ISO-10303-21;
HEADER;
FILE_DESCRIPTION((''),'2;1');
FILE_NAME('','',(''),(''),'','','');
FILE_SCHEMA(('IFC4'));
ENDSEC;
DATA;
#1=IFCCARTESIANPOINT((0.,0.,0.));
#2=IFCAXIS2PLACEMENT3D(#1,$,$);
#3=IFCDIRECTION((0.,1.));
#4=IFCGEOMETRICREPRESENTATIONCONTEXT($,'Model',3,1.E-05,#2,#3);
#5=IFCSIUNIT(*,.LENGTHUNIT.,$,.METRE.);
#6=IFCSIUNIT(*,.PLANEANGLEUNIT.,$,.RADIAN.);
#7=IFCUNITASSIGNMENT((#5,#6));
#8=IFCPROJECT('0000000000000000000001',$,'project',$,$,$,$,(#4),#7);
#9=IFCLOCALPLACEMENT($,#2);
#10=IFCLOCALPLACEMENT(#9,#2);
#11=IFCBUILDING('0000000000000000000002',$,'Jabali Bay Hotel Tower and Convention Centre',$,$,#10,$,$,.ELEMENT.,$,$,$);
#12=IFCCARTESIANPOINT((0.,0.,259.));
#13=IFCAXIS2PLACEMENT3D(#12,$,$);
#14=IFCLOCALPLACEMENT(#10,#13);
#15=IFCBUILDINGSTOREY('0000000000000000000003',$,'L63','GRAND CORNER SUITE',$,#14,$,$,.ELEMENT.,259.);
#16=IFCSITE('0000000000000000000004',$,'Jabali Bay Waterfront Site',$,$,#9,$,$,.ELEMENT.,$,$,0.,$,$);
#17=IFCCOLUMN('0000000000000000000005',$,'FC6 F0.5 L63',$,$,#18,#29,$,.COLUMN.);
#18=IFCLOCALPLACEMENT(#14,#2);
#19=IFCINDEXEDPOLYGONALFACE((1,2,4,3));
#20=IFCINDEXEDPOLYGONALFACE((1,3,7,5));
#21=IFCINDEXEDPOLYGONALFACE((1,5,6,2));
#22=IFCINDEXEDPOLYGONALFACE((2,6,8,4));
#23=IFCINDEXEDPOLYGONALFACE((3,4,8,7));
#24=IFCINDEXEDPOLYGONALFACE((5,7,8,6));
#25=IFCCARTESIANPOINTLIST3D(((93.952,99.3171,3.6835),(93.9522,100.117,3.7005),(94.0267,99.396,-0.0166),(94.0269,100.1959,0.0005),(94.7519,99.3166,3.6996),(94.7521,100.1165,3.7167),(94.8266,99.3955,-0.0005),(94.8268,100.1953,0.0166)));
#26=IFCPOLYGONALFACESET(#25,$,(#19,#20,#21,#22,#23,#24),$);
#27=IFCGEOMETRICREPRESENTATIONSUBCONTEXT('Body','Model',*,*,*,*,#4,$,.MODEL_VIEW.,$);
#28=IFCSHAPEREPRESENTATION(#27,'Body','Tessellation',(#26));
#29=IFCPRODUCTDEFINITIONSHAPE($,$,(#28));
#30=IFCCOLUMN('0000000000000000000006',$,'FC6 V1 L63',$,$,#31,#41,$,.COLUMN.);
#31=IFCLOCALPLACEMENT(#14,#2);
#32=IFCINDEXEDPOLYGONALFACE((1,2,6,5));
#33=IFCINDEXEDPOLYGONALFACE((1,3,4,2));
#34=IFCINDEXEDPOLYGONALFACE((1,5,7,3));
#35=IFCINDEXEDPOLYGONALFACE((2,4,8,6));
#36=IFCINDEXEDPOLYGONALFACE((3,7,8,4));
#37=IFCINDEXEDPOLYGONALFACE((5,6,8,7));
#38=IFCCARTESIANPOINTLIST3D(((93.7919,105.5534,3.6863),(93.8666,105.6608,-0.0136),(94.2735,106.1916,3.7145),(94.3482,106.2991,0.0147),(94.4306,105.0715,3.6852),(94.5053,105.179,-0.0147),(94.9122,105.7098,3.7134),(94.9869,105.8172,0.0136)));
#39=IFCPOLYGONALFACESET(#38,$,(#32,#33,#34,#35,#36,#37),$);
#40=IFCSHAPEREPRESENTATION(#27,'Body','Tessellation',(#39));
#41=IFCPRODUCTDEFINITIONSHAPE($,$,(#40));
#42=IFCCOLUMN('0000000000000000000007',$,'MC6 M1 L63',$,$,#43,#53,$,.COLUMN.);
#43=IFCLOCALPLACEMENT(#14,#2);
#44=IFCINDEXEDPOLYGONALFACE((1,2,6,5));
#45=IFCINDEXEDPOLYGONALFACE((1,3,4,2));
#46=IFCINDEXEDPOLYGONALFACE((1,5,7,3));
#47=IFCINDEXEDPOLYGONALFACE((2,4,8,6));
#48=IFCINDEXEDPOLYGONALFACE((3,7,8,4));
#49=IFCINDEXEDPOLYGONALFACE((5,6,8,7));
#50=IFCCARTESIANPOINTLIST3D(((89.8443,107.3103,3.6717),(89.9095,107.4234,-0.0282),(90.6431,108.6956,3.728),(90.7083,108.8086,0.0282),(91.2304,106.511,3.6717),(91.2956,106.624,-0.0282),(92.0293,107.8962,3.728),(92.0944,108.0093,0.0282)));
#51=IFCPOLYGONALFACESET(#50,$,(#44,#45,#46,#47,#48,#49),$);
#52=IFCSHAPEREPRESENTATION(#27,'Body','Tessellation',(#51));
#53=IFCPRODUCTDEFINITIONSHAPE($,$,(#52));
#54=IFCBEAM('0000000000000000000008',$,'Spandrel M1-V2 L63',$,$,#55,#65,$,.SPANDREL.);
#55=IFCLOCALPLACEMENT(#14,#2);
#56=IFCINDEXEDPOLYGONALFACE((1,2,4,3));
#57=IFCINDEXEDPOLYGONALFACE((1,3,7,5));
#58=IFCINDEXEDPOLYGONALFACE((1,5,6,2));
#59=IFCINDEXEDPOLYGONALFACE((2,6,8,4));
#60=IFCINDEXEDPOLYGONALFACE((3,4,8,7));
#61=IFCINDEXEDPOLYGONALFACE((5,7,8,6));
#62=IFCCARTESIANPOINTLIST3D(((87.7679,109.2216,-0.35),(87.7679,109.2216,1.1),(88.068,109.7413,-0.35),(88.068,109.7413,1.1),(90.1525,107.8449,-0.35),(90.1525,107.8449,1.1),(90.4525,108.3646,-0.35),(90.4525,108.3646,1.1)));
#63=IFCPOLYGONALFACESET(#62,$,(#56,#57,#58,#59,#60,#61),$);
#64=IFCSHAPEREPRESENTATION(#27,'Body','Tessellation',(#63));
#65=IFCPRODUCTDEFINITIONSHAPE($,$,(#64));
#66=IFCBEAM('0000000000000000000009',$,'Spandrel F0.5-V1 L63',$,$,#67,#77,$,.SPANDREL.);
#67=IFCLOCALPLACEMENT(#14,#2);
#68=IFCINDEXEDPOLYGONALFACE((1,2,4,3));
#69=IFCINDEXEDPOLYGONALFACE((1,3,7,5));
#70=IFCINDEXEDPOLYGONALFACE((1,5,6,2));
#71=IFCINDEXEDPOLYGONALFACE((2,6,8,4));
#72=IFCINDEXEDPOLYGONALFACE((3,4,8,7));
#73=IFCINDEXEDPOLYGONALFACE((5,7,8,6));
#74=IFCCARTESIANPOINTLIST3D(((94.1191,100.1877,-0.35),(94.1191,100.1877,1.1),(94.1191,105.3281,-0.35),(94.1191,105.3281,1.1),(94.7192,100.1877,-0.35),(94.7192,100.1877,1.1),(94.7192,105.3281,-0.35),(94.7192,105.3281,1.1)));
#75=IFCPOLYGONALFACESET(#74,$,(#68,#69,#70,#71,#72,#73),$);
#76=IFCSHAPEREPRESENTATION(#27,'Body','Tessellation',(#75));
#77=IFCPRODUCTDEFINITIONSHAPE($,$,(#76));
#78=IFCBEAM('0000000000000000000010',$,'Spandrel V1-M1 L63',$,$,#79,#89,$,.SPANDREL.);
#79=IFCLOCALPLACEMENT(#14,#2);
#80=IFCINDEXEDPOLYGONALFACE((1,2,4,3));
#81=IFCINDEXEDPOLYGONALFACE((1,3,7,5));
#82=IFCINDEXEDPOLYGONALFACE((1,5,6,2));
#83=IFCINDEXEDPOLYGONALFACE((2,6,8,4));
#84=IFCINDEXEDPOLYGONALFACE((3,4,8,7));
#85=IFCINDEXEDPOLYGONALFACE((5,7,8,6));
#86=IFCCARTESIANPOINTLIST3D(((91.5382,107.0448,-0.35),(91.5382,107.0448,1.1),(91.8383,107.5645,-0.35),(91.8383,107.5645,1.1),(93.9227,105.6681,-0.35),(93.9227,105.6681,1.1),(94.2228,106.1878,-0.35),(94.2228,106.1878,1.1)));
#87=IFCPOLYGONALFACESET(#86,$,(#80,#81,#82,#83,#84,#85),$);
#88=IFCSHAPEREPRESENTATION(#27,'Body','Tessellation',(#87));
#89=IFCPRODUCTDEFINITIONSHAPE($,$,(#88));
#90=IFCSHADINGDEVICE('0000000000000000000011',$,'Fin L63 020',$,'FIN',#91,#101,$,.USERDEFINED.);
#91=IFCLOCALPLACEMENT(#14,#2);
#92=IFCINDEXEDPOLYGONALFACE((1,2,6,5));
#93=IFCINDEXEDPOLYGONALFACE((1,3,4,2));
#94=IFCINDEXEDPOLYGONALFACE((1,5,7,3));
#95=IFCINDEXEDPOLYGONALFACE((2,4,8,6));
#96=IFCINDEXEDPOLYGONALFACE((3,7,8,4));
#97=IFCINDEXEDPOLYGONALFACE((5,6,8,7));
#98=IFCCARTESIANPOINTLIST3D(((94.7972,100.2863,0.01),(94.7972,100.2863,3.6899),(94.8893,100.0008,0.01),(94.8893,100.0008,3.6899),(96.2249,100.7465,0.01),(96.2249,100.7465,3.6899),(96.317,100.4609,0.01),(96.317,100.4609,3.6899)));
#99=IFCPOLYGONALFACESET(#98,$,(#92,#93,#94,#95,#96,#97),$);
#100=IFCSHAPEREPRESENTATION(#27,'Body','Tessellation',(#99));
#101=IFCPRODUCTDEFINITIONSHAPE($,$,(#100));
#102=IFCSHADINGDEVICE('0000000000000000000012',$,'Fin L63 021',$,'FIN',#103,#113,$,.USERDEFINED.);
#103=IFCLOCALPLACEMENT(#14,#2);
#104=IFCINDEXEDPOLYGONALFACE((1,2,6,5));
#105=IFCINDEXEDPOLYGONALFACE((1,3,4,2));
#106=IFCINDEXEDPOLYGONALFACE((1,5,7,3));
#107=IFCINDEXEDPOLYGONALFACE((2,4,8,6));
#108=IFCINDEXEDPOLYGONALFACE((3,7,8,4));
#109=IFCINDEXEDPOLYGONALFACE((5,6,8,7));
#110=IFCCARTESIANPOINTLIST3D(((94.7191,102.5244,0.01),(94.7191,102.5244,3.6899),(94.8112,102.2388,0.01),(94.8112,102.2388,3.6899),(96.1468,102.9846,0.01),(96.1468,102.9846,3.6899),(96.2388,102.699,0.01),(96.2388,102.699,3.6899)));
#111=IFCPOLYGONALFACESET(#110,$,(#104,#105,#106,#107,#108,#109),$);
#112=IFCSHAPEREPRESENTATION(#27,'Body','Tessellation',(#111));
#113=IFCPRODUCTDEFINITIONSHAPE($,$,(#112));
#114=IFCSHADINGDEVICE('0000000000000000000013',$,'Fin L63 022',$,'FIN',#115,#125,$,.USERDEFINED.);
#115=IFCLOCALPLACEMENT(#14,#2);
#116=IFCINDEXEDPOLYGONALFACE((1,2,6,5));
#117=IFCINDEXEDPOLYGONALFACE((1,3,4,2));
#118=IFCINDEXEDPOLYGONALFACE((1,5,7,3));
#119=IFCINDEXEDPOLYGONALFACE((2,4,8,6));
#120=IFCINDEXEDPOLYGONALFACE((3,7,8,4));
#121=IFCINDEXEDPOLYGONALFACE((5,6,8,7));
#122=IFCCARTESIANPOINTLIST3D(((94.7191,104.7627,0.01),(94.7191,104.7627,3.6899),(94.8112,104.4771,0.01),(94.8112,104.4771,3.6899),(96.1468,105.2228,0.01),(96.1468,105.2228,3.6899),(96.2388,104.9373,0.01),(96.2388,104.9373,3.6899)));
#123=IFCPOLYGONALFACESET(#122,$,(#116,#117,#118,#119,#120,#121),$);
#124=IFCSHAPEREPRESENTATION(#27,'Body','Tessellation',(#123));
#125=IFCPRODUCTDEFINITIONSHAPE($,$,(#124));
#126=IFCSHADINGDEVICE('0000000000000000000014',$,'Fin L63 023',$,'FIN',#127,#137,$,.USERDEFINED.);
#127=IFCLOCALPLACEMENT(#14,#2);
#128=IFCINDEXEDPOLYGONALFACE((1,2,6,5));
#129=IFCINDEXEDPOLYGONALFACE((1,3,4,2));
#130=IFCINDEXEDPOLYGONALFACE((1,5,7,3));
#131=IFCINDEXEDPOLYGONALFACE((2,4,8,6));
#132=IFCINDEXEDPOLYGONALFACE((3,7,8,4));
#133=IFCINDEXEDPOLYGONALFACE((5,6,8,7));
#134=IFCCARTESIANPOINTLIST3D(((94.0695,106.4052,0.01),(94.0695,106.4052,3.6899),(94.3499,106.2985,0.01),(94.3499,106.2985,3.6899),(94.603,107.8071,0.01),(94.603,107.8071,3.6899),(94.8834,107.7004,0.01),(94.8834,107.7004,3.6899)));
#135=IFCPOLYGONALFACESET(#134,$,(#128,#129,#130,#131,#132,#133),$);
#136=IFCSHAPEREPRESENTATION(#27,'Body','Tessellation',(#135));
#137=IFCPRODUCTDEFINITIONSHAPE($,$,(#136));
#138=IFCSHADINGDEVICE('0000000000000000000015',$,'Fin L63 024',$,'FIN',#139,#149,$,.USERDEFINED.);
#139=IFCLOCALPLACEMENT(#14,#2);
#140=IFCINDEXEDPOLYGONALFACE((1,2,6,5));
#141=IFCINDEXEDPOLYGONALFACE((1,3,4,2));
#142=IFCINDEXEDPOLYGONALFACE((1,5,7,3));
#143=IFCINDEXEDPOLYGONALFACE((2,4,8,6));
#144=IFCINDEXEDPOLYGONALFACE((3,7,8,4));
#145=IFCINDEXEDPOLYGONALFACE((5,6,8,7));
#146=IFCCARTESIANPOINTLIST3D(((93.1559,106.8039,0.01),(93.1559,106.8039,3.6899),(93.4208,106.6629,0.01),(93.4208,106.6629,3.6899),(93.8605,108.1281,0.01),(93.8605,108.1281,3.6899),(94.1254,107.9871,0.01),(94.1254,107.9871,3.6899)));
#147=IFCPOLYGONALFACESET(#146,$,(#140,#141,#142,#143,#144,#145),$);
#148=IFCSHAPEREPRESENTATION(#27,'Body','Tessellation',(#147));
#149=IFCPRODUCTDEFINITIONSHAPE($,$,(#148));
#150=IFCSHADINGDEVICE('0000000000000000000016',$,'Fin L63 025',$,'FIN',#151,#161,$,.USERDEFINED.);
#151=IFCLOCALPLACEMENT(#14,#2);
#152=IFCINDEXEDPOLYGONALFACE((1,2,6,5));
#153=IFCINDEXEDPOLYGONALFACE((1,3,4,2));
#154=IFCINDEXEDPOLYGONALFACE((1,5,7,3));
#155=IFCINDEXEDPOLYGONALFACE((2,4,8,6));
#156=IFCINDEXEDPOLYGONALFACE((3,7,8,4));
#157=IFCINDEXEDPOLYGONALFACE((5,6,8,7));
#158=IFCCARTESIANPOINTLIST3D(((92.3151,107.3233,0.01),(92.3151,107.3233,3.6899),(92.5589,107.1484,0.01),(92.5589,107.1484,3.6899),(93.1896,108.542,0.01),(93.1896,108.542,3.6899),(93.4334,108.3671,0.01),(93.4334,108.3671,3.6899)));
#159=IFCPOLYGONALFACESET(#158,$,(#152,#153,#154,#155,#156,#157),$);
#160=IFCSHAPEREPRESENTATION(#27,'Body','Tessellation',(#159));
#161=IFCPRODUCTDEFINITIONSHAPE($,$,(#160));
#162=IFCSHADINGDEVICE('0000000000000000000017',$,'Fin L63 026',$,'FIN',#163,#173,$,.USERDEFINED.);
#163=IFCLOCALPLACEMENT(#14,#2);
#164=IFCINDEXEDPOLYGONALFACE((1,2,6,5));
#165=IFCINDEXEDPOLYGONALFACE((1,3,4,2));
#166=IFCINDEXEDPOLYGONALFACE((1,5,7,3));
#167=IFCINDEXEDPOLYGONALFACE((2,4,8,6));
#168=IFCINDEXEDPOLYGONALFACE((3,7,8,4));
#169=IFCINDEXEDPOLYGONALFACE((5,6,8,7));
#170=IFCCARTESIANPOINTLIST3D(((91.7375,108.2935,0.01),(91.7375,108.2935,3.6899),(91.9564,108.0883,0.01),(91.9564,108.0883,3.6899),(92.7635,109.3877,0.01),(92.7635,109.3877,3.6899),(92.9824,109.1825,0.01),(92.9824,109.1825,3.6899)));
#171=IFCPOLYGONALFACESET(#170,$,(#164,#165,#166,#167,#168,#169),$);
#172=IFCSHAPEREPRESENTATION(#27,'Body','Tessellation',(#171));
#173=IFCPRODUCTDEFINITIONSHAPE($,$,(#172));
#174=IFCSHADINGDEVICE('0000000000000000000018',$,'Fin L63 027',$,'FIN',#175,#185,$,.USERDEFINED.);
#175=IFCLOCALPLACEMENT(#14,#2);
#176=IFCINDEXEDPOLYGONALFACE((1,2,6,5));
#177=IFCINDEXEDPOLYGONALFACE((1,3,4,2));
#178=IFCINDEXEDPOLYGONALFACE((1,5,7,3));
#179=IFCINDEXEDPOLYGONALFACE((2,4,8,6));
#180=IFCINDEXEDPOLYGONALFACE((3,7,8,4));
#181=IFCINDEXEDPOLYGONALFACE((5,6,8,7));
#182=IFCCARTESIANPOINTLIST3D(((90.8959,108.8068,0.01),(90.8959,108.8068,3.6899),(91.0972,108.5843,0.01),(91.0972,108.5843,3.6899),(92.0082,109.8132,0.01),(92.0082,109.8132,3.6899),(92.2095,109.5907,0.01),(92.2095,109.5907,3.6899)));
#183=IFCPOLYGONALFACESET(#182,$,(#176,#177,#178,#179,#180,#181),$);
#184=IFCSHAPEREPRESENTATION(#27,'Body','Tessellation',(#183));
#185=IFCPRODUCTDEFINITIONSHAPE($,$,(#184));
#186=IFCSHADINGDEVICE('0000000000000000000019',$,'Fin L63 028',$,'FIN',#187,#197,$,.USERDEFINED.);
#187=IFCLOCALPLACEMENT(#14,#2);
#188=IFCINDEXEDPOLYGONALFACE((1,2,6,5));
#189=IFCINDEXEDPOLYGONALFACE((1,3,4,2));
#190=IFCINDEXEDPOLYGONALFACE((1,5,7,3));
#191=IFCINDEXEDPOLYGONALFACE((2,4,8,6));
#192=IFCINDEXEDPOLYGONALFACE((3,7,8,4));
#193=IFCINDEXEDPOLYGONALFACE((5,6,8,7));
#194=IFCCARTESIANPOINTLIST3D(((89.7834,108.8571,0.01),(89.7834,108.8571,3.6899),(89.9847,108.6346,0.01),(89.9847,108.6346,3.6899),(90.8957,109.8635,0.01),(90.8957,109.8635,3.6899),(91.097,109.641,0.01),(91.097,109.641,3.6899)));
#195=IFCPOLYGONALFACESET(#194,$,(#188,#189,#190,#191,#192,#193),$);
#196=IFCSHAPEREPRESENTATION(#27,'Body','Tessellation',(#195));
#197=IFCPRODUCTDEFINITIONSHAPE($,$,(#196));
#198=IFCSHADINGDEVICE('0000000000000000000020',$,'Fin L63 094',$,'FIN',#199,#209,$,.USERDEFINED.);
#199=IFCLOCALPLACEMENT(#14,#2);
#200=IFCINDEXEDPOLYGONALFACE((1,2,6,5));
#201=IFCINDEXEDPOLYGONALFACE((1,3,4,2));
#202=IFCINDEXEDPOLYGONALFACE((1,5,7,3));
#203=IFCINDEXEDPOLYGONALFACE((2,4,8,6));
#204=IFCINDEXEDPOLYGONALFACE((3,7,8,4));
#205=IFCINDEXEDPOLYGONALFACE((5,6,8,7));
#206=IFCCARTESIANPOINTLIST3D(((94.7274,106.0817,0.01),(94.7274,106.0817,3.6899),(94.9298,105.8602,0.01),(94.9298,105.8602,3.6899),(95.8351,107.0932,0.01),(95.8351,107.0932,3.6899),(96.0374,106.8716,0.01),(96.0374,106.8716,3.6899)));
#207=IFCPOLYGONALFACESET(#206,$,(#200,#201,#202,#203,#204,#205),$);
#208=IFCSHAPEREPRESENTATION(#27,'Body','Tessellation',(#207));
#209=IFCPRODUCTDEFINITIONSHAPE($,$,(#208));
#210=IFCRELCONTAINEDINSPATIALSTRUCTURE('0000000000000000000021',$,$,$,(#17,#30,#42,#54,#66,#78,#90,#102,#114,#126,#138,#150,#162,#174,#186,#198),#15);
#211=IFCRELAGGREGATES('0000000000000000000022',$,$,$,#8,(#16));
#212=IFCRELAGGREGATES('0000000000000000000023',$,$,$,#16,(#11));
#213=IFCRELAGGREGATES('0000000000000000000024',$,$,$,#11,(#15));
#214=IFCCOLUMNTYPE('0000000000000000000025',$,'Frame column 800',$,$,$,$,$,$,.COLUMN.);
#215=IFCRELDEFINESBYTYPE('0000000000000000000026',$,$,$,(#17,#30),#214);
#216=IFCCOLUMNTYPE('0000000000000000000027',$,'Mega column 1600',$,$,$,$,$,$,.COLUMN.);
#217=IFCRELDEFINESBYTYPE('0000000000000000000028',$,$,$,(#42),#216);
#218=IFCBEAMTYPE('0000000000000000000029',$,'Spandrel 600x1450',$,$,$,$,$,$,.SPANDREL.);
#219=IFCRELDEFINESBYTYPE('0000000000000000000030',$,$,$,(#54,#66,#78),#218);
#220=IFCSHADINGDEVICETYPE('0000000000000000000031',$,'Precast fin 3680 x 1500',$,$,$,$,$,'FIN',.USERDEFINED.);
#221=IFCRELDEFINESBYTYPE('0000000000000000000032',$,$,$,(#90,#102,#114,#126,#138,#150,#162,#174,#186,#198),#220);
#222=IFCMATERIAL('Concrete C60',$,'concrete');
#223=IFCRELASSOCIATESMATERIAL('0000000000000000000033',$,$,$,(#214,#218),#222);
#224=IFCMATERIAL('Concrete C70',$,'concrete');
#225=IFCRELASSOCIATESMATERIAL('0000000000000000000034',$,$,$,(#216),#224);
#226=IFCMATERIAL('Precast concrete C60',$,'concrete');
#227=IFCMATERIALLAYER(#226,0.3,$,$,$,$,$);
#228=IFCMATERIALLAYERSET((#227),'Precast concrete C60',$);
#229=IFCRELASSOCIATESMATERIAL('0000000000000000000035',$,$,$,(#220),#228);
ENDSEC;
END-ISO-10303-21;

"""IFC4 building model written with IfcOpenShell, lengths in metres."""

from ifc_helpers import new_model, si_unit, direction, frame, frame_2d, origin, origin_2d, place, context, subcontext, project, spatial, rectangle, extrude, material, layer, layer_set, material_profile, profile_set, type_object, element, save


model = new_model("IFC4")

# Units and contexts
model_context = context("Model", 3, precision=1e-05, world=origin(), true_north=direction((0.0, 1.0)))
body_context = subcontext(model_context, "Body", "Model", "MODEL_VIEW")
ifc_project = project(units=[si_unit("LENGTHUNIT", "METRE"), si_unit("PLANEANGLEUNIT", "RADIAN")], contexts=[model_context])

# Site, building, storey
site_placement = place(None, origin())
site = spatial("IfcSite", under=ifc_project, at=site_placement, Name="Jabali Bay Waterfront Site", CompositionType="ELEMENT", RefElevation=0.0)
building_placement = place(site_placement, origin())
building = spatial("IfcBuilding", under=site, at=building_placement, Name="Jabali Bay Hotel Tower and Convention Centre", CompositionType="ELEMENT")
storey_placement = place(building_placement, frame((0.0, 0.0, 259.0)))
storey = spatial("IfcBuildingStorey", under=building, at=storey_placement, Name="L63", Description="GRAND CORNER SUITE", CompositionType="ELEMENT", Elevation=259.0)

# Columns
ifc_material_1 = material(Name="Concrete C60", Category="concrete")
ifc_material_profile_1 = material_profile(ifc_material_1, rectangle(XDim=0.8, YDim=0.8, at=origin_2d()), Name="Frame column 800")
ifc_profile_set_1 = profile_set([ifc_material_profile_1], Name="Concrete C60")
column_type_1 = type_object("IfcColumnType", Name="Frame column 800", PredefinedType="COLUMN", material=ifc_profile_set_1)
column_1_placement = place(storey_placement, frame((94.4268, 99.7957, 0.0), z_axis=(-0.020183, -0.021304, 0.999569), x_axis=(0.999796, -0.000658, 0.020173)))
element("IfcColumn", 1, at=column_1_placement, inside=storey, type_object=column_type_1, Name="FC6 F0.5 L63", PredefinedType="COLUMN", context=body_context, shape_type="SweptSolid", body=[
    extrude(rectangle(XDim=0.8, YDim=0.8, at=origin_2d()), origin(), (0.0, 0.0, 1.0), 3.7017),
])
column_2_placement = place(storey_placement, frame((94.4268, 105.739, 0.0), z_axis=(-0.020179, -0.029015, 0.999375), x_axis=(0.601946, 0.797756, 0.035316)))
element("IfcColumn", 2, at=column_2_placement, inside=storey, type_object=column_type_1, Name="FC6 V1 L63", PredefinedType="COLUMN", context=body_context, shape_type="SweptSolid", body=[
    extrude(rectangle(XDim=0.8, YDim=0.8, at=origin_2d()), origin(), (0.0, 0.0, 1.0), 3.7021),
])
ifc_material_2 = material(Name="Concrete C70", Category="concrete")
ifc_material_profile_2 = material_profile(ifc_material_2, rectangle(XDim=1.6001, YDim=1.6001, at=origin_2d()), Name="Mega column 1600")
ifc_profile_set_2 = profile_set([ifc_material_profile_2], Name="Concrete C70")
column_type_2 = type_object("IfcColumnType", Name="Mega column 1600", PredefinedType="COLUMN", material=ifc_profile_set_2)
column_3_placement = place(storey_placement, frame((91.002, 107.7163, 0.0), z_axis=(-0.017607, -0.030532, 0.999379), x_axis=(0.499253, 0.865739, 0.035245)))
element("IfcColumn", 3, at=column_3_placement, inside=storey, type_object=column_type_2, Name="MC6 M1 L63", PredefinedType="COLUMN", context=body_context, shape_type="SweptSolid", body=[
    extrude(rectangle(XDim=1.6001, YDim=1.6001, at=origin_2d()), origin(), (0.0, 0.0, 1.0), 3.7021),
])

# Beams
ifc_material_profile_3 = material_profile(ifc_material_1, rectangle(XDim=0.6001, YDim=1.45, at=origin_2d()), Name="Spandrel 600x1450")
ifc_profile_set_3 = profile_set([ifc_material_profile_3], Name="Concrete C60")
beam_type = type_object("IfcBeamType", Name="Spandrel 600x1450", PredefinedType="SPANDREL", material=ifc_profile_set_3)
beam_1_placement = place(storey_placement, frame((90.3025, 108.1047, 0.375), z_axis=(-0.866025, 0.500001, 0.0), x_axis=(-0.500001, -0.866025, 0.0)))
element("IfcBeam", 4, at=beam_1_placement, inside=storey, type_object=beam_type, Name="Spandrel M1-V2 L63", PredefinedType="SPANDREL", context=body_context, shape_type="SweptSolid", body=[
    extrude(rectangle(XDim=0.6001, YDim=1.45, at=origin_2d()), origin(), (0.0, 0.0, 1.0), 2.7534),
])
beam_2_placement = place(storey_placement, frame((94.4192, 100.1877, 0.375), z_axis=(0.0, 1.0, 0.0), x_axis=(-1.0, 0.0, 0.0)))
element("IfcBeam", 5, at=beam_2_placement, inside=storey, type_object=beam_type, Name="Spandrel F0.5-V1 L63", PredefinedType="SPANDREL", context=body_context, shape_type="SweptSolid", body=[
    extrude(rectangle(XDim=0.6001, YDim=1.45, at=origin_2d()), origin(), (0.0, 0.0, 1.0), 5.1404),
])
beam_3_placement = place(storey_placement, frame((94.0728, 105.928, 0.375), z_axis=(-0.866025, 0.500001, 0.0), x_axis=(-0.500001, -0.866025, 0.0)))
element("IfcBeam", 6, at=beam_3_placement, inside=storey, type_object=beam_type, Name="Spandrel V1-M1 L63", PredefinedType="SPANDREL", context=body_context, shape_type="SweptSolid", body=[
    extrude(rectangle(XDim=0.6001, YDim=1.45, at=origin_2d()), origin(), (0.0, 0.0, 1.0), 2.7534),
])

# Shading devices
ifc_material_3 = material(Name="Precast concrete C60", Category="concrete")
ifc_layer_1 = layer(ifc_material_3, 0.3)
ifc_layer_set_1 = layer_set([ifc_layer_1], Name="Precast concrete C60")
shading_device_type = type_object("IfcShadingDeviceType", Name="Precast fin 3680 x 1500", ElementType="FIN", PredefinedType="USERDEFINED", material=ifc_layer_set_1)
for number, where, z_axis, x_axis, name in (
    (7, (94.8433, 100.1436, 0.01), (0.0, 0.0, 1.0), (0.951778, 0.306789, 0.0), "Fin L63 020"),
    (8, (94.7651, 102.3816, 0.01), (0.0, 0.0, 1.0), (0.951778, 0.306789, 0.0), "Fin L63 021"),
    (9, (94.7651, 104.6199, 0.01), (0.0, 0.0, 1.0), (0.951778, 0.306789, 0.0), "Fin L63 022"),
    (10, (94.2097, 106.3518, 0.01), (0.0, 0.0, 1.0), (0.35565, 0.934619, 0.0), "Fin L63 023"),
    (11, (93.2883, 106.7334, 0.01), (0.0, 0.0, 1.0), (0.469726, 0.882812, 0.0), "Fin L63 024"),
    (12, (92.437, 107.2358, 0.01), (0.0, 0.0, 1.0), (0.582992, 0.812478, 0.0), "Fin L63 025"),
    (13, (91.8469, 108.1909, 0.01), (0.0, 0.0, 1.0), (0.684039, 0.729446, 0.0), "Fin L63 026"),
    (14, (90.9966, 108.6956, 0.01), (0.0, 0.0, 1.0), (0.741543, 0.670905, 0.0), "Fin L63 027"),
    (15, (89.884, 108.7458, 0.01), (0.0, 0.0, 1.0), (0.741543, 0.670905, 0.0), "Fin L63 028"),
    (16, (94.8286, 105.9709, 0.01), (0.0, 0.0, 1.0), (0.738443, 0.674316, 0.0), "Fin L63 094"),
):
    element("IfcShadingDevice", number, at=place(storey_placement, frame(where, z_axis=z_axis, x_axis=x_axis)), inside=storey, type_object=shading_device_type, Name=name, ObjectType="FIN", PredefinedType="USERDEFINED", context=body_context, shape_type="SweptSolid", body=[
        extrude(rectangle(XDim=1.5, YDim=0.3, at=frame_2d((0.75, 0.0))), origin(), (0.0, 0.0, 1.0), 3.6799),
    ])

save(model, "model.ifc")
